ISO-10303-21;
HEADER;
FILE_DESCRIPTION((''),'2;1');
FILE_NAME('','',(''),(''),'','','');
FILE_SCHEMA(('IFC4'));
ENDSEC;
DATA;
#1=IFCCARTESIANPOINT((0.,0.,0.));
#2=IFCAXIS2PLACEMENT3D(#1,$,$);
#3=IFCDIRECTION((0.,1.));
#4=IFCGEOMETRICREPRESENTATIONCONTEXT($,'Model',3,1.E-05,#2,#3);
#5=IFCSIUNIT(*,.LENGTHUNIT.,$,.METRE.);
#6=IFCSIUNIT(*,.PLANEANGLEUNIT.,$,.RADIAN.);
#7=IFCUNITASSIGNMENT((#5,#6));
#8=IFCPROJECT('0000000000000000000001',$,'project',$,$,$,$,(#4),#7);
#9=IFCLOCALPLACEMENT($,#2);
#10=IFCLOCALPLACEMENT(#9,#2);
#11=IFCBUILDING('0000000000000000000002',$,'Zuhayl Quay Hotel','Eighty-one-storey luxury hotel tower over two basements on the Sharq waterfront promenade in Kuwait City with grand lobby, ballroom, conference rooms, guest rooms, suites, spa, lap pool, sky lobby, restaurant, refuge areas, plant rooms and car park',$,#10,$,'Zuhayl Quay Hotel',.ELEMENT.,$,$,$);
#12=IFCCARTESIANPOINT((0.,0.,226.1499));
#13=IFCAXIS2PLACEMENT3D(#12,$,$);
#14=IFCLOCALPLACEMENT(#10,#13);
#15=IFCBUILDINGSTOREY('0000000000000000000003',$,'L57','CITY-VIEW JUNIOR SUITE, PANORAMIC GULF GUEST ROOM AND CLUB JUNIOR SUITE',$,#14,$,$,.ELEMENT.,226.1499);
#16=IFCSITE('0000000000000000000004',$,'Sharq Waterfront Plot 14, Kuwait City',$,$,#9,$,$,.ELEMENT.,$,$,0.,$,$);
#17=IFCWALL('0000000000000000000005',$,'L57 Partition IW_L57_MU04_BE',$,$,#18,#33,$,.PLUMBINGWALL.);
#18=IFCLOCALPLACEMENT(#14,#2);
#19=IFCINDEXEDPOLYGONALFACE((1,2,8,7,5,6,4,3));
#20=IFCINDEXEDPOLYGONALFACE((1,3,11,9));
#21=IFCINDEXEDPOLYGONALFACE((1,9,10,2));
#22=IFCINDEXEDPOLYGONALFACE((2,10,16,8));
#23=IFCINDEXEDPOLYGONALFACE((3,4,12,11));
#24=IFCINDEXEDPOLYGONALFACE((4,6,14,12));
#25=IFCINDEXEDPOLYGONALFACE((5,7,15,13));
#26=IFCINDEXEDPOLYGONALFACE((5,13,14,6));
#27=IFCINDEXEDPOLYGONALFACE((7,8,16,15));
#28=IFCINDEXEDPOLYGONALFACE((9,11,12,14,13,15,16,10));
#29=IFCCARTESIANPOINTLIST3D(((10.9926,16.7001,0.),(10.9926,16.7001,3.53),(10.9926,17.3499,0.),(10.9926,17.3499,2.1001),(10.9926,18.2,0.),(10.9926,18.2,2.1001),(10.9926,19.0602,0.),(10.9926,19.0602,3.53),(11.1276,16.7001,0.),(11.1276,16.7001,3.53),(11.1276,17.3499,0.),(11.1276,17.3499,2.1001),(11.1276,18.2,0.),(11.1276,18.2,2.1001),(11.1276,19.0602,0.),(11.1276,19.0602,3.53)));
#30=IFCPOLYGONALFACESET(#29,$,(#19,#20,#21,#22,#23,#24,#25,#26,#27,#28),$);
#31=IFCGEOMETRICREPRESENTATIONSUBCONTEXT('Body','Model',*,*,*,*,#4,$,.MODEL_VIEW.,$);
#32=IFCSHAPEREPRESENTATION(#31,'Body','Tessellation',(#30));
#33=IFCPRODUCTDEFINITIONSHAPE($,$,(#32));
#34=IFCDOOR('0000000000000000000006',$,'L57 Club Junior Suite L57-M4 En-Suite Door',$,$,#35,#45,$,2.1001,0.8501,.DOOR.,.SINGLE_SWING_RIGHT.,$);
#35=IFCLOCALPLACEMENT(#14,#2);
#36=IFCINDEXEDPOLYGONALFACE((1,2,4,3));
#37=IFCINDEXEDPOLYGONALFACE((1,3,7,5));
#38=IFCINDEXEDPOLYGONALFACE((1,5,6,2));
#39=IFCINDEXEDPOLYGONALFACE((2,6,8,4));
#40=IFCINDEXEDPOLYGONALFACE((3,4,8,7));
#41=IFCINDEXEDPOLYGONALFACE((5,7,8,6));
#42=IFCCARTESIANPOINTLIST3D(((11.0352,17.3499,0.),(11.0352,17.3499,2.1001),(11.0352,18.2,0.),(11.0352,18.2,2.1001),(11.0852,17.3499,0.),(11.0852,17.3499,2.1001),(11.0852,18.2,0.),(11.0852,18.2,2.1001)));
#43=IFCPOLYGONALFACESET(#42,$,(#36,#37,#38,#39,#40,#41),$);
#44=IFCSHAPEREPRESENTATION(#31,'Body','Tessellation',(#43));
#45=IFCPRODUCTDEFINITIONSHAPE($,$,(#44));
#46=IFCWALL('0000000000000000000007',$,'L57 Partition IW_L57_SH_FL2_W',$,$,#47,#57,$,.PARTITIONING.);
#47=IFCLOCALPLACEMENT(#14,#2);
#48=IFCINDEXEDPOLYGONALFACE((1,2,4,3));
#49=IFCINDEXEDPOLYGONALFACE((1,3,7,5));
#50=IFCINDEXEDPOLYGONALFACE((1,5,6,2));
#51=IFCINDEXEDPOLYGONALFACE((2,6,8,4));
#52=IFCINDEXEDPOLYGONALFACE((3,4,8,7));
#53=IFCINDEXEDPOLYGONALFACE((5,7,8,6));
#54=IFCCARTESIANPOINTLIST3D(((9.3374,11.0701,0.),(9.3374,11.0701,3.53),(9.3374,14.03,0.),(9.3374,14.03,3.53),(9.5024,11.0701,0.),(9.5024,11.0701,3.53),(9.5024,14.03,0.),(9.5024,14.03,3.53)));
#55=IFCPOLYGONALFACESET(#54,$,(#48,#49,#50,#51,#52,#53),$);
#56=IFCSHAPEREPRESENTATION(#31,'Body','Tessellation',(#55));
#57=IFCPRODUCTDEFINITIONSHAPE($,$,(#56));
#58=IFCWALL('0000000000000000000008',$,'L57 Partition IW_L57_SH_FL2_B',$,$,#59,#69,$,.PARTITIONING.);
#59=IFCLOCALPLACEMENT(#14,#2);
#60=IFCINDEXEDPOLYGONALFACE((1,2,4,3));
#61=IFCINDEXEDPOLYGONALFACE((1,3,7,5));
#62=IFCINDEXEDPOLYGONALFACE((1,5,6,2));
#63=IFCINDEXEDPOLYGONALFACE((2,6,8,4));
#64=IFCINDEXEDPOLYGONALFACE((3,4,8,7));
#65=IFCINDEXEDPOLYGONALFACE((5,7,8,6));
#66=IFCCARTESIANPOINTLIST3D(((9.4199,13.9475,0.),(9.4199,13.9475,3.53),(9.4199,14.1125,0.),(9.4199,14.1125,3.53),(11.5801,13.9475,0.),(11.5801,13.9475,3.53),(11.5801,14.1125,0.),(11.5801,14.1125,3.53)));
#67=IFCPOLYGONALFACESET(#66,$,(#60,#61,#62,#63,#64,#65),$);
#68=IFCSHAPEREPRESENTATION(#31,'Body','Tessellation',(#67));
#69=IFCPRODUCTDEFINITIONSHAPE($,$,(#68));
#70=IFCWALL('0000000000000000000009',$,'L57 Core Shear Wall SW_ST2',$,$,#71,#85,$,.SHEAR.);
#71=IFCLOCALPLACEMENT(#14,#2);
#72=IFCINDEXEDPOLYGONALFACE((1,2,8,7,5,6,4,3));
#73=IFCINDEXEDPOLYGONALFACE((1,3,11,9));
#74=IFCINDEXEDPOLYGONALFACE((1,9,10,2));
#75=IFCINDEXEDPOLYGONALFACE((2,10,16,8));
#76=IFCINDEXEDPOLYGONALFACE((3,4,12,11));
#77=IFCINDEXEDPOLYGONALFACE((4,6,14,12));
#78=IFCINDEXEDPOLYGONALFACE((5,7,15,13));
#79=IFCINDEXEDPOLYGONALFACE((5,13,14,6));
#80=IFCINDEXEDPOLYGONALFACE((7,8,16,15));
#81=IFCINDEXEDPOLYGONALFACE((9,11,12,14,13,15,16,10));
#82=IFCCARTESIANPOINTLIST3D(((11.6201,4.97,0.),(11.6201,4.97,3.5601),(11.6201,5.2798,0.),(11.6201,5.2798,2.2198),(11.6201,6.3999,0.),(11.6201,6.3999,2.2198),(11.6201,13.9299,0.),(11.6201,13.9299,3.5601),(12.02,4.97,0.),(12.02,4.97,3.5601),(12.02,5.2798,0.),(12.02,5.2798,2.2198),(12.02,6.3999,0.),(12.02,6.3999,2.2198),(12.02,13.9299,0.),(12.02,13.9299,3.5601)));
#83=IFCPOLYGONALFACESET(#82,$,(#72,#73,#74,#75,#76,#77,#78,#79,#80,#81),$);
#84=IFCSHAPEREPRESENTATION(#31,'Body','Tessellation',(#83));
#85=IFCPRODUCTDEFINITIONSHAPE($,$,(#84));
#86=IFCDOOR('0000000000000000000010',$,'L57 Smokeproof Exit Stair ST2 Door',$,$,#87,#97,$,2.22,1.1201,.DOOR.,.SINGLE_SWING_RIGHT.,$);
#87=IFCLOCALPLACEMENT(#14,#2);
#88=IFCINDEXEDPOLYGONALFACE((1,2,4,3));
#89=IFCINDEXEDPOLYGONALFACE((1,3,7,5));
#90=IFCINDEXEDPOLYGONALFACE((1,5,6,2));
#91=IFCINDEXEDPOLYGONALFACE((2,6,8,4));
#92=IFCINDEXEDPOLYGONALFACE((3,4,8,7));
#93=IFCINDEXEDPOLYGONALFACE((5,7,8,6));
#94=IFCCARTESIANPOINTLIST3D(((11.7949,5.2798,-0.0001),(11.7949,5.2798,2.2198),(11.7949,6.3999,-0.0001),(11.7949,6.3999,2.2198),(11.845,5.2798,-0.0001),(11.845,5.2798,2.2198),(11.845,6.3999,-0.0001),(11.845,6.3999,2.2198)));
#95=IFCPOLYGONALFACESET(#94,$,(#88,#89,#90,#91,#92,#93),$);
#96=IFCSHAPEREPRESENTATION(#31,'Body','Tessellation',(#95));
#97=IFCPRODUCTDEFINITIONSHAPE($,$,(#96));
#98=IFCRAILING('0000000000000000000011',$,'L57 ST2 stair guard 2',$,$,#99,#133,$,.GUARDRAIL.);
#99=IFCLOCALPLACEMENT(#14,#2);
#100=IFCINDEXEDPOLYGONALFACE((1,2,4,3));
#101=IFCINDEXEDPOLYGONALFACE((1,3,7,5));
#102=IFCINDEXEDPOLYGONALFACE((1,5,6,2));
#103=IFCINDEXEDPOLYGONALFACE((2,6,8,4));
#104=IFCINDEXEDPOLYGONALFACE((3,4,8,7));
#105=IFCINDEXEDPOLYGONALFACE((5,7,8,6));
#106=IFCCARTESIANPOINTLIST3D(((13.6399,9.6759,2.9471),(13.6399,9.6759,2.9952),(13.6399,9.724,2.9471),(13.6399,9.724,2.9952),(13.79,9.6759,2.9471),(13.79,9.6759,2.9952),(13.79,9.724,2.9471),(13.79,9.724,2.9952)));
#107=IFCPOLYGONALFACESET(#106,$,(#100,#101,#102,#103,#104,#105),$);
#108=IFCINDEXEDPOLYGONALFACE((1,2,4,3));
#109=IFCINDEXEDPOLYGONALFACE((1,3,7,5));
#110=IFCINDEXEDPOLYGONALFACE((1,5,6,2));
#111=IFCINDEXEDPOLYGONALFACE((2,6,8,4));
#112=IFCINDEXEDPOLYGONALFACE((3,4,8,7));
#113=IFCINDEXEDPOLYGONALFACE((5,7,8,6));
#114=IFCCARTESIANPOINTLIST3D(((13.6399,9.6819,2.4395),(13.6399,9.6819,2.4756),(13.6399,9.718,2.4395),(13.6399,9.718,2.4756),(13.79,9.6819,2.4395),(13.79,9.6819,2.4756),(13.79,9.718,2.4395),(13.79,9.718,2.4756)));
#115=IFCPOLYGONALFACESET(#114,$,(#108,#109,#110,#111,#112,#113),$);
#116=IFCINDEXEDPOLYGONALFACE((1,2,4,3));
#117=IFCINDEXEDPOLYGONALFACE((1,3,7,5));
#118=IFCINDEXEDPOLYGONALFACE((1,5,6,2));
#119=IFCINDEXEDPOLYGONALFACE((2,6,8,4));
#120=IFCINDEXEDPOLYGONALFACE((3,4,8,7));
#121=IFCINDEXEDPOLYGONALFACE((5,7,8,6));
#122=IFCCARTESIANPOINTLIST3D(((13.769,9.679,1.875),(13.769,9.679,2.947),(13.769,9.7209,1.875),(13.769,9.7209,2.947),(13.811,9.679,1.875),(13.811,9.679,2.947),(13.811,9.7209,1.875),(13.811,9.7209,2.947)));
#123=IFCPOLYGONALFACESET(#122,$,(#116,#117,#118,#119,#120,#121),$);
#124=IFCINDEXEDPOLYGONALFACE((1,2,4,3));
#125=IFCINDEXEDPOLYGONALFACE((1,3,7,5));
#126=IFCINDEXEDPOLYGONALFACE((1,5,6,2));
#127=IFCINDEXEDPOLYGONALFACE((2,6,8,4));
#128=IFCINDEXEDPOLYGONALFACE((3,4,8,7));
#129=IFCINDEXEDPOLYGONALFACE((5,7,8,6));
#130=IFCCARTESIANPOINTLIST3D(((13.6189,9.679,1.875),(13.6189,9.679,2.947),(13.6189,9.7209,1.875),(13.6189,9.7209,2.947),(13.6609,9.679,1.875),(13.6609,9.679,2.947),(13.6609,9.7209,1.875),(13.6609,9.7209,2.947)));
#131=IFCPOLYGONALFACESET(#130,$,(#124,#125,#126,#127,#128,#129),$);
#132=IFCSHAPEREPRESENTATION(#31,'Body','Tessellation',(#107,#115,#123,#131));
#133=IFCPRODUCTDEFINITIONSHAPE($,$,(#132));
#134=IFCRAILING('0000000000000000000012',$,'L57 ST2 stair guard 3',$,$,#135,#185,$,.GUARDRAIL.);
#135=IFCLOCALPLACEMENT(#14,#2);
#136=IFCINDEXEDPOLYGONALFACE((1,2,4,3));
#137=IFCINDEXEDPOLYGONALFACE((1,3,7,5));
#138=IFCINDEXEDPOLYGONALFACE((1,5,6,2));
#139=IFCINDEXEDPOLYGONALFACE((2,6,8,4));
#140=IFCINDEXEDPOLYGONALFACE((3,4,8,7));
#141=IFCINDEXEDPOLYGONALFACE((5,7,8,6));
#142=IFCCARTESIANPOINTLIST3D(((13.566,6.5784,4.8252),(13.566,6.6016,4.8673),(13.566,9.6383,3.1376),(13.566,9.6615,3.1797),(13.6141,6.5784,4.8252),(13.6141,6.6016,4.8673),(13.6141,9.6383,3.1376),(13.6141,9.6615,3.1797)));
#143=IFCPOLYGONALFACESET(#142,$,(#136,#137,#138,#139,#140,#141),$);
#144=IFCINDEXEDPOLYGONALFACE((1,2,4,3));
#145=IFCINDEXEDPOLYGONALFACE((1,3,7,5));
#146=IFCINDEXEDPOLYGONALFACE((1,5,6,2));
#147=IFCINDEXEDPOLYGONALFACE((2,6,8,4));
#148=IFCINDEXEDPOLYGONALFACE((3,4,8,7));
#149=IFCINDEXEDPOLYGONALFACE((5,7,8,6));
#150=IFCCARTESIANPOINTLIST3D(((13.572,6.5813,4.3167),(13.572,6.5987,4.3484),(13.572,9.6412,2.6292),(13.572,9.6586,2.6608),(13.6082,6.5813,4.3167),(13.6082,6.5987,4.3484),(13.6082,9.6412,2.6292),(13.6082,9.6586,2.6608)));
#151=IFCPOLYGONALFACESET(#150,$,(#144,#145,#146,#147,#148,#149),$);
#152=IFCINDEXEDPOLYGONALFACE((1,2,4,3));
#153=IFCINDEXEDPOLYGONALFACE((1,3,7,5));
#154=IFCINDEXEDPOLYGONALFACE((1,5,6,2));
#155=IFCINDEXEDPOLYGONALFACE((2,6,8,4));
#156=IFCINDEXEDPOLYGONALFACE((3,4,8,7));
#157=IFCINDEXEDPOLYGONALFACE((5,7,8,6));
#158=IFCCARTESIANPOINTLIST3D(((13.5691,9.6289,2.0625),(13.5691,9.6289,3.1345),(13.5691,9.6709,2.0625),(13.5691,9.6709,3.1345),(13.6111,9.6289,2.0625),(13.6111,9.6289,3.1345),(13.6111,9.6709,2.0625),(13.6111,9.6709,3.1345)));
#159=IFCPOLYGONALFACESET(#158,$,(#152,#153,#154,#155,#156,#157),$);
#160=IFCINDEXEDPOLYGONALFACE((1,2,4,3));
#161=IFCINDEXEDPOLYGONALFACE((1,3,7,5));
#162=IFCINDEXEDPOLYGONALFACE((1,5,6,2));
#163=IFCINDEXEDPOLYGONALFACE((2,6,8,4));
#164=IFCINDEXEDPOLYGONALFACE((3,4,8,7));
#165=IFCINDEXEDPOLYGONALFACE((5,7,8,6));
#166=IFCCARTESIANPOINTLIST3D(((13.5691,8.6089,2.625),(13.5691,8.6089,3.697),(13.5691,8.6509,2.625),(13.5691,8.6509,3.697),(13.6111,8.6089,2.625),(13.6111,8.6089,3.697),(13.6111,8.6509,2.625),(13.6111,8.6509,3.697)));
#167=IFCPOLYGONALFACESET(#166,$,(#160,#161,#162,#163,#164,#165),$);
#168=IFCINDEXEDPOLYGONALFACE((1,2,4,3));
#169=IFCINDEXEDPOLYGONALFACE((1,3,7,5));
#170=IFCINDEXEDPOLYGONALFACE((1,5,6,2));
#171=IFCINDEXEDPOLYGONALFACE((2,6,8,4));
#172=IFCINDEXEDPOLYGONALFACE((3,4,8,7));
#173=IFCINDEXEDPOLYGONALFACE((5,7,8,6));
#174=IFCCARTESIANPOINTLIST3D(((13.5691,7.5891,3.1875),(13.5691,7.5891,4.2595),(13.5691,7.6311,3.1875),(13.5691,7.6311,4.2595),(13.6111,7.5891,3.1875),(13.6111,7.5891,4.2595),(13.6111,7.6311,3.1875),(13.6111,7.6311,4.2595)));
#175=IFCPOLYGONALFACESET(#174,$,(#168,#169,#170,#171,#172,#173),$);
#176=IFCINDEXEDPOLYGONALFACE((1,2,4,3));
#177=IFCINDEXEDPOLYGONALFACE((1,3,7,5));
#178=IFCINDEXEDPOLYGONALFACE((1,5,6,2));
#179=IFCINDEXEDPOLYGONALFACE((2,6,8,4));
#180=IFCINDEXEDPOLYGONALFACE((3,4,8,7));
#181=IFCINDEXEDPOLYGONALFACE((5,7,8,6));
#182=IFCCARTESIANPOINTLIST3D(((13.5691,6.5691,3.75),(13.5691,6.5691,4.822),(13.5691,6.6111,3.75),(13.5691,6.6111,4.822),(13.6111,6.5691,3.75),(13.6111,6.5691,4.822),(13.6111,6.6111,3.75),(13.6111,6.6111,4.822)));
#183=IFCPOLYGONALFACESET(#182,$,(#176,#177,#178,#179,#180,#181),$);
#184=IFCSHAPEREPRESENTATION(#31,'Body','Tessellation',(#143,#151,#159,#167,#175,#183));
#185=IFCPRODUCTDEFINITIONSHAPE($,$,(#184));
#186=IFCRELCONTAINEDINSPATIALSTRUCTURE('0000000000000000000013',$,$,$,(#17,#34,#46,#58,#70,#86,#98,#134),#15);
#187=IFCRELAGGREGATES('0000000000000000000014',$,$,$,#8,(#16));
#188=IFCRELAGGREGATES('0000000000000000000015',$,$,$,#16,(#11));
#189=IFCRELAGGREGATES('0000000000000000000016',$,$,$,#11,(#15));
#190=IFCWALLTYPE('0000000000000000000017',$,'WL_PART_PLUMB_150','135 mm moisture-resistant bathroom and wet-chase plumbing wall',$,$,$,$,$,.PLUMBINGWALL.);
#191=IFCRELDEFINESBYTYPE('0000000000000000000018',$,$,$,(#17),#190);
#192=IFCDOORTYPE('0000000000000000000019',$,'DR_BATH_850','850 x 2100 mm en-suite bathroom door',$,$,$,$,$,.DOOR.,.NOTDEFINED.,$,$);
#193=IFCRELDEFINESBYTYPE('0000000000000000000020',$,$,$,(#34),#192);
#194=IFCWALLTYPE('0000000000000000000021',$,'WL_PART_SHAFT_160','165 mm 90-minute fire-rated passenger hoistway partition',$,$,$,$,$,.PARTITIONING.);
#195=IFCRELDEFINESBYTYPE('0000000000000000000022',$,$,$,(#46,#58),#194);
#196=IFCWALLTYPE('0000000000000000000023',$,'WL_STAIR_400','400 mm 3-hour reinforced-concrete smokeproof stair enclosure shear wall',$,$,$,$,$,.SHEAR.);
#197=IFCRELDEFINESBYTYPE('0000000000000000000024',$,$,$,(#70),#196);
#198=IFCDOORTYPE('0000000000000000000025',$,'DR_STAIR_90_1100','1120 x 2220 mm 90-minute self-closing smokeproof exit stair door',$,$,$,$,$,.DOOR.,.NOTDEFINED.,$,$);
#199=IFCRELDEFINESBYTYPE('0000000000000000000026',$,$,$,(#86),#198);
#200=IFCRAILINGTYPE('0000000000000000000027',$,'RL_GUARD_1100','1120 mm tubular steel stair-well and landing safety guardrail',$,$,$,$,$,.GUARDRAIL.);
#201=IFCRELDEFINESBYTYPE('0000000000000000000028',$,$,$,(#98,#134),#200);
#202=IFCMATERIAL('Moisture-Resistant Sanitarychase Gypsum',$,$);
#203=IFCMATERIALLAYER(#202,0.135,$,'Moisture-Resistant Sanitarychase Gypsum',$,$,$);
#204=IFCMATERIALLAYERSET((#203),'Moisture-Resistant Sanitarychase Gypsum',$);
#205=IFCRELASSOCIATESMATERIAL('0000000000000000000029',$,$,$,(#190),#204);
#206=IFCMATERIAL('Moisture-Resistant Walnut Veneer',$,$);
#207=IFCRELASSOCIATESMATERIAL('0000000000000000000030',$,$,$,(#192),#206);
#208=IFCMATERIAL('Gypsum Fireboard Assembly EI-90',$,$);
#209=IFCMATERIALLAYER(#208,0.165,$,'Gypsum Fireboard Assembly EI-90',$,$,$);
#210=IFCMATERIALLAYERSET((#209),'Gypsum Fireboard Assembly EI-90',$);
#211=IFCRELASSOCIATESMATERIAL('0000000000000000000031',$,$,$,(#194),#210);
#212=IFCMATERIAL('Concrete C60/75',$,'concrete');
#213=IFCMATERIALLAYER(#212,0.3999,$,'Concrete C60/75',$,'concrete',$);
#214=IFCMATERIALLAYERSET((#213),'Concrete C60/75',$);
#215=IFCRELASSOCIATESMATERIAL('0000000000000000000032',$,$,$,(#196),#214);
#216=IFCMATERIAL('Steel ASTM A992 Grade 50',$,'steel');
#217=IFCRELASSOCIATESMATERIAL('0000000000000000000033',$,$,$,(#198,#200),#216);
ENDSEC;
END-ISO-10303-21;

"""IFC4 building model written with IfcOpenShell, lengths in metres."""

from ifc_helpers import new_model, si_unit, direction, frame, frame_2d, origin, origin_2d, place, context, subcontext, project, spatial, rectangle, extrude, material, layer, layer_set, type_object, element, fill, save


model = new_model("IFC4")

# Units and contexts
model_context = context("Model", 3, precision=1e-05, world=origin(), true_north=direction((0.0, 1.0)))
body_context = subcontext(model_context, "Body", "Model", "MODEL_VIEW")
ifc_project = project(units=[si_unit("LENGTHUNIT", "METRE"), si_unit("PLANEANGLEUNIT", "RADIAN")], contexts=[model_context])

# Site, building, storey
site_placement = place(None, origin())
site = spatial("IfcSite", under=ifc_project, at=site_placement, Name="Sharq Waterfront Plot 14, Kuwait City", CompositionType="ELEMENT", RefElevation=0.0)
building_placement = place(site_placement, origin())
building = spatial("IfcBuilding", under=site, at=building_placement, Name="Zuhayl Quay Hotel", Description="Eighty-one-storey luxury hotel tower over two basements on the Sharq waterfront promenade in Kuwait City with grand lobby, ballroom, conference rooms, guest rooms, suites, spa, lap pool, sky lobby, restaurant, refuge areas, plant rooms and car park", LongName="Zuhayl Quay Hotel", CompositionType="ELEMENT")
storey_placement = place(building_placement, frame((0.0, 0.0, 226.1499)))
storey = spatial("IfcBuildingStorey", under=building, at=storey_placement, Name="L57", Description="CITY-VIEW JUNIOR SUITE, PANORAMIC GULF GUEST ROOM AND CLUB JUNIOR SUITE", CompositionType="ELEMENT", Elevation=226.1499)

# Shared definitions
ifc_material_1 = material(Name="Concrete C60/75", Category="concrete")

# Shared definitions
ifc_material_2 = material(Name="Steel ASTM A992 Grade 50", Category="steel")

# Wall, opening, door
ifc_material_3 = material(Name="Moisture-Resistant Sanitarychase Gypsum")
ifc_layer_1 = layer(ifc_material_3, 0.135, Name="Moisture-Resistant Sanitarychase Gypsum")
ifc_layer_set_1 = layer_set([ifc_layer_1], Name="Moisture-Resistant Sanitarychase Gypsum")
wall_type_1 = type_object("IfcWallType", Name="WL_PART_PLUMB_150", Description="135 mm moisture-resistant bathroom and wet-chase plumbing wall", PredefinedType="PLUMBINGWALL", material=ifc_layer_set_1)
ifc_material_4 = material(Name="Moisture-Resistant Walnut Veneer")
door_type_1 = type_object("IfcDoorType", Name="DR_BATH_850", Description="850 x 2100 mm en-suite bathroom door", OperationType="NOTDEFINED", PredefinedType="DOOR", material=ifc_material_4)
wall_1_placement = place(storey_placement, frame((11.0601, 16.7, 0.0), z_axis=(0.0, 0.0, 1.0), x_axis=(0.0, 1.0, 0.0)))
wall_1 = element("IfcWall", 1, at=wall_1_placement, inside=storey, type_object=wall_type_1, Name="L57 Partition IW_L57_MU04_BE", PredefinedType="PLUMBINGWALL", context=body_context, shape_type="SweptSolid", body=[
    extrude(rectangle(XDim=2.3601, YDim=0.135, at=frame_2d((1.1802, 0.0))), origin(), (0.0, 0.0, 1.0), 3.53),
])
opening_1_placement = place(wall_1_placement, frame((0.6499, 0.0, 0.0)))
opening_1 = element("IfcOpeningElement", 2, at=opening_1_placement, cuts=wall_1, PredefinedType="OPENING", context=body_context, shape_type="SweptSolid", body=[
    extrude(rectangle(XDim=0.8501, YDim=2.1001, at=frame_2d((0.425, 1.05))), frame((0.0, 0.0774, 0.0), z_axis=(0.0, -1.0, 0.0), x_axis=(1.0, 0.0, 0.0)), (0.0, 0.0, 1.0), 0.155),
])
door_1_placement = place(opening_1_placement, origin())
door_1 = element("IfcDoor", 3, at=door_1_placement, inside=storey, type_object=door_type_1, Name="L57 Club Junior Suite L57-M4 En-Suite Door", OperationType="SINGLE_SWING_RIGHT", OverallHeight=2.1001, OverallWidth=0.8501, PredefinedType="DOOR", context=body_context, shape_type="SweptSolid", body=[
    extrude(rectangle(XDim=0.8501, YDim=2.1001, at=frame_2d((0.425, 1.05))), frame((0.0, 0.0249, 0.0), z_axis=(0.0, -1.0, 0.0), x_axis=(1.0, 0.0, 0.0)), (0.0, 0.0, 1.0), 0.05),
])
fill(opening_1, door_1)

# Walls
ifc_material_5 = material(Name="Gypsum Fireboard Assembly EI-90")
ifc_layer_2 = layer(ifc_material_5, 0.165, Name="Gypsum Fireboard Assembly EI-90")
ifc_layer_set_2 = layer_set([ifc_layer_2], Name="Gypsum Fireboard Assembly EI-90")
wall_type_2 = type_object("IfcWallType", Name="WL_PART_SHAFT_160", Description="165 mm 90-minute fire-rated passenger hoistway partition", PredefinedType="PARTITIONING", material=ifc_layer_set_2)
wall_2_placement = place(storey_placement, frame((9.4199, 11.0701, 0.0), z_axis=(0.0, 0.0, 1.0), x_axis=(0.0, 1.0, 0.0)))
element("IfcWall", 4, at=wall_2_placement, inside=storey, type_object=wall_type_2, Name="L57 Partition IW_L57_SH_FL2_W", PredefinedType="PARTITIONING", context=body_context, shape_type="SweptSolid", body=[
    extrude(rectangle(XDim=2.96, YDim=0.165, at=frame_2d((1.48, 0.0))), origin(), (0.0, 0.0, 1.0), 3.53),
])
wall_3_placement = place(storey_placement, frame((9.4199, 14.03, 0.0), z_axis=(0.0, 0.0, 1.0), x_axis=(1.0, 0.0, 0.0)))
element("IfcWall", 5, at=wall_3_placement, inside=storey, type_object=wall_type_2, Name="L57 Partition IW_L57_SH_FL2_B", PredefinedType="PARTITIONING", context=body_context, shape_type="SweptSolid", body=[
    extrude(rectangle(XDim=2.1602, YDim=0.165, at=frame_2d((1.0801, 0.0))), origin(), (0.0, 0.0, 1.0), 3.53),
])

# Wall, opening, door
ifc_layer_3 = layer(ifc_material_1, 0.3999, Name="Concrete C60/75", Category="concrete")
ifc_layer_set_3 = layer_set([ifc_layer_3], Name="Concrete C60/75")
wall_type_3 = type_object("IfcWallType", Name="WL_STAIR_400", Description="400 mm 3-hour reinforced-concrete smokeproof stair enclosure shear wall", PredefinedType="SHEAR", material=ifc_layer_set_3)
wall_4_placement = place(storey_placement, frame((11.8201, 13.9299, 0.0), z_axis=(0.0, 0.0, 1.0), x_axis=(0.0, -1.0, 0.0)))
wall_4 = element("IfcWall", 6, at=wall_4_placement, inside=storey, type_object=wall_type_3, Name="L57 Core Shear Wall SW_ST2", PredefinedType="SHEAR", context=body_context, shape_type="SweptSolid", body=[
    extrude(rectangle(XDim=8.96, YDim=0.3999, at=frame_2d((4.48, 0.0))), origin(), (0.0, 0.0, 1.0), 3.5601),
])
opening_2_placement = place(wall_4_placement, frame((7.53, 0.0, 0.0)))
opening_2 = element("IfcOpeningElement", 7, at=opening_2_placement, cuts=wall_4, PredefinedType="OPENING", context=body_context, shape_type="SweptSolid", body=[
    extrude(rectangle(XDim=1.1201, YDim=2.22, at=frame_2d((0.5601, 1.1099))), frame((0.0, 0.21, 0.0), z_axis=(0.0, -1.0, 0.0), x_axis=(1.0, 0.0, 0.0)), (0.0, 0.0, 1.0), 0.4199),
])
door_type_2 = type_object("IfcDoorType", Name="DR_STAIR_90_1100", Description="1120 x 2220 mm 90-minute self-closing smokeproof exit stair door", OperationType="NOTDEFINED", PredefinedType="DOOR", material=ifc_material_2)
door_2_placement = place(opening_2_placement, origin())
door_2 = element("IfcDoor", 8, at=door_2_placement, inside=storey, type_object=door_type_2, Name="L57 Smokeproof Exit Stair ST2 Door", OperationType="SINGLE_SWING_RIGHT", OverallHeight=2.22, OverallWidth=1.1201, PredefinedType="DOOR", context=body_context, shape_type="SweptSolid", body=[
    extrude(rectangle(XDim=1.1201, YDim=2.22, at=frame_2d((0.5601, 1.1099))), frame((0.0, 0.0249, 0.0), z_axis=(0.0, -1.0, 0.0), x_axis=(1.0, 0.0, 0.0)), (0.0, 0.0, 1.0), 0.05),
])
fill(opening_2, door_2)

# Railings
railing_type = type_object("IfcRailingType", Name="RL_GUARD_1100", Description="1120 mm tubular steel stair-well and landing safety guardrail", PredefinedType="GUARDRAIL", material=ifc_material_2)
railing_1_placement = place(storey_placement, frame((13.79, 9.7, 1.875)))
element("IfcRailing", 9, at=railing_1_placement, inside=storey, type_object=railing_type, Name="L57 ST2 stair guard 2", PredefinedType="GUARDRAIL", context=body_context, shape_type="SweptSolid", body=[
    extrude(rectangle(XDim=0.0481, YDim=0.0481, at=origin_2d()), frame((0.0, 0.0, 1.0962), z_axis=(-1.0, 0.0, 0.0), x_axis=(0.0, -1.0, 0.0)), (0.0, 0.0, 1.0), 0.1501),
    extrude(rectangle(XDim=0.0361, YDim=0.0361, at=origin_2d()), frame((0.0, 0.0, 0.5825), z_axis=(-1.0, 0.0, 0.0), x_axis=(0.0, -1.0, 0.0)), (0.0, 0.0, 1.0), 0.1501),
    extrude(rectangle(XDim=0.042, YDim=0.042, at=origin_2d()), origin(), (0.0, 0.0, 1.0), 1.072),
    extrude(rectangle(XDim=0.042, YDim=0.042, at=origin_2d()), frame((-0.1501, 0.0, 0.0)), (0.0, 0.0, 1.0), 1.072),
])
railing_2_placement = place(storey_placement, frame((13.5901, 9.6499, 2.0625)))
element("IfcRailing", 10, at=railing_2_placement, inside=storey, type_object=railing_type, Name="L57 ST2 stair guard 3", PredefinedType="GUARDRAIL", context=body_context, shape_type="SweptSolid", body=[
    extrude(rectangle(XDim=0.0481, YDim=0.0481, at=origin_2d()), frame((0.0, 0.0, 1.0962), z_axis=(0.0, -0.875659, 0.48293), x_axis=(1.0, 0.0, 0.0)), (0.0, 0.0, 1.0), 3.4944),
    extrude(rectangle(XDim=0.0361, YDim=0.0361, at=origin_2d()), frame((0.0, 0.0, 0.5825), z_axis=(0.0, -0.875659, 0.48293), x_axis=(1.0, 0.0, 0.0)), (0.0, 0.0, 1.0), 3.4944),
    extrude(rectangle(XDim=0.042, YDim=0.042, at=origin_2d()), origin(), (0.0, 0.0, 1.0), 1.072),
    extrude(rectangle(XDim=0.042, YDim=0.042, at=origin_2d()), frame((0.0, -1.02, 0.5625)), (0.0, 0.0, 1.0), 1.072),
    extrude(rectangle(XDim=0.042, YDim=0.042, at=origin_2d()), frame((0.0, -2.0398, 1.125)), (0.0, 0.0, 1.0), 1.072),
    extrude(rectangle(XDim=0.042, YDim=0.042, at=origin_2d()), frame((0.0, -3.0598, 1.6875)), (0.0, 0.0, 1.0), 1.072),
])

save(model, "model.ifc")
